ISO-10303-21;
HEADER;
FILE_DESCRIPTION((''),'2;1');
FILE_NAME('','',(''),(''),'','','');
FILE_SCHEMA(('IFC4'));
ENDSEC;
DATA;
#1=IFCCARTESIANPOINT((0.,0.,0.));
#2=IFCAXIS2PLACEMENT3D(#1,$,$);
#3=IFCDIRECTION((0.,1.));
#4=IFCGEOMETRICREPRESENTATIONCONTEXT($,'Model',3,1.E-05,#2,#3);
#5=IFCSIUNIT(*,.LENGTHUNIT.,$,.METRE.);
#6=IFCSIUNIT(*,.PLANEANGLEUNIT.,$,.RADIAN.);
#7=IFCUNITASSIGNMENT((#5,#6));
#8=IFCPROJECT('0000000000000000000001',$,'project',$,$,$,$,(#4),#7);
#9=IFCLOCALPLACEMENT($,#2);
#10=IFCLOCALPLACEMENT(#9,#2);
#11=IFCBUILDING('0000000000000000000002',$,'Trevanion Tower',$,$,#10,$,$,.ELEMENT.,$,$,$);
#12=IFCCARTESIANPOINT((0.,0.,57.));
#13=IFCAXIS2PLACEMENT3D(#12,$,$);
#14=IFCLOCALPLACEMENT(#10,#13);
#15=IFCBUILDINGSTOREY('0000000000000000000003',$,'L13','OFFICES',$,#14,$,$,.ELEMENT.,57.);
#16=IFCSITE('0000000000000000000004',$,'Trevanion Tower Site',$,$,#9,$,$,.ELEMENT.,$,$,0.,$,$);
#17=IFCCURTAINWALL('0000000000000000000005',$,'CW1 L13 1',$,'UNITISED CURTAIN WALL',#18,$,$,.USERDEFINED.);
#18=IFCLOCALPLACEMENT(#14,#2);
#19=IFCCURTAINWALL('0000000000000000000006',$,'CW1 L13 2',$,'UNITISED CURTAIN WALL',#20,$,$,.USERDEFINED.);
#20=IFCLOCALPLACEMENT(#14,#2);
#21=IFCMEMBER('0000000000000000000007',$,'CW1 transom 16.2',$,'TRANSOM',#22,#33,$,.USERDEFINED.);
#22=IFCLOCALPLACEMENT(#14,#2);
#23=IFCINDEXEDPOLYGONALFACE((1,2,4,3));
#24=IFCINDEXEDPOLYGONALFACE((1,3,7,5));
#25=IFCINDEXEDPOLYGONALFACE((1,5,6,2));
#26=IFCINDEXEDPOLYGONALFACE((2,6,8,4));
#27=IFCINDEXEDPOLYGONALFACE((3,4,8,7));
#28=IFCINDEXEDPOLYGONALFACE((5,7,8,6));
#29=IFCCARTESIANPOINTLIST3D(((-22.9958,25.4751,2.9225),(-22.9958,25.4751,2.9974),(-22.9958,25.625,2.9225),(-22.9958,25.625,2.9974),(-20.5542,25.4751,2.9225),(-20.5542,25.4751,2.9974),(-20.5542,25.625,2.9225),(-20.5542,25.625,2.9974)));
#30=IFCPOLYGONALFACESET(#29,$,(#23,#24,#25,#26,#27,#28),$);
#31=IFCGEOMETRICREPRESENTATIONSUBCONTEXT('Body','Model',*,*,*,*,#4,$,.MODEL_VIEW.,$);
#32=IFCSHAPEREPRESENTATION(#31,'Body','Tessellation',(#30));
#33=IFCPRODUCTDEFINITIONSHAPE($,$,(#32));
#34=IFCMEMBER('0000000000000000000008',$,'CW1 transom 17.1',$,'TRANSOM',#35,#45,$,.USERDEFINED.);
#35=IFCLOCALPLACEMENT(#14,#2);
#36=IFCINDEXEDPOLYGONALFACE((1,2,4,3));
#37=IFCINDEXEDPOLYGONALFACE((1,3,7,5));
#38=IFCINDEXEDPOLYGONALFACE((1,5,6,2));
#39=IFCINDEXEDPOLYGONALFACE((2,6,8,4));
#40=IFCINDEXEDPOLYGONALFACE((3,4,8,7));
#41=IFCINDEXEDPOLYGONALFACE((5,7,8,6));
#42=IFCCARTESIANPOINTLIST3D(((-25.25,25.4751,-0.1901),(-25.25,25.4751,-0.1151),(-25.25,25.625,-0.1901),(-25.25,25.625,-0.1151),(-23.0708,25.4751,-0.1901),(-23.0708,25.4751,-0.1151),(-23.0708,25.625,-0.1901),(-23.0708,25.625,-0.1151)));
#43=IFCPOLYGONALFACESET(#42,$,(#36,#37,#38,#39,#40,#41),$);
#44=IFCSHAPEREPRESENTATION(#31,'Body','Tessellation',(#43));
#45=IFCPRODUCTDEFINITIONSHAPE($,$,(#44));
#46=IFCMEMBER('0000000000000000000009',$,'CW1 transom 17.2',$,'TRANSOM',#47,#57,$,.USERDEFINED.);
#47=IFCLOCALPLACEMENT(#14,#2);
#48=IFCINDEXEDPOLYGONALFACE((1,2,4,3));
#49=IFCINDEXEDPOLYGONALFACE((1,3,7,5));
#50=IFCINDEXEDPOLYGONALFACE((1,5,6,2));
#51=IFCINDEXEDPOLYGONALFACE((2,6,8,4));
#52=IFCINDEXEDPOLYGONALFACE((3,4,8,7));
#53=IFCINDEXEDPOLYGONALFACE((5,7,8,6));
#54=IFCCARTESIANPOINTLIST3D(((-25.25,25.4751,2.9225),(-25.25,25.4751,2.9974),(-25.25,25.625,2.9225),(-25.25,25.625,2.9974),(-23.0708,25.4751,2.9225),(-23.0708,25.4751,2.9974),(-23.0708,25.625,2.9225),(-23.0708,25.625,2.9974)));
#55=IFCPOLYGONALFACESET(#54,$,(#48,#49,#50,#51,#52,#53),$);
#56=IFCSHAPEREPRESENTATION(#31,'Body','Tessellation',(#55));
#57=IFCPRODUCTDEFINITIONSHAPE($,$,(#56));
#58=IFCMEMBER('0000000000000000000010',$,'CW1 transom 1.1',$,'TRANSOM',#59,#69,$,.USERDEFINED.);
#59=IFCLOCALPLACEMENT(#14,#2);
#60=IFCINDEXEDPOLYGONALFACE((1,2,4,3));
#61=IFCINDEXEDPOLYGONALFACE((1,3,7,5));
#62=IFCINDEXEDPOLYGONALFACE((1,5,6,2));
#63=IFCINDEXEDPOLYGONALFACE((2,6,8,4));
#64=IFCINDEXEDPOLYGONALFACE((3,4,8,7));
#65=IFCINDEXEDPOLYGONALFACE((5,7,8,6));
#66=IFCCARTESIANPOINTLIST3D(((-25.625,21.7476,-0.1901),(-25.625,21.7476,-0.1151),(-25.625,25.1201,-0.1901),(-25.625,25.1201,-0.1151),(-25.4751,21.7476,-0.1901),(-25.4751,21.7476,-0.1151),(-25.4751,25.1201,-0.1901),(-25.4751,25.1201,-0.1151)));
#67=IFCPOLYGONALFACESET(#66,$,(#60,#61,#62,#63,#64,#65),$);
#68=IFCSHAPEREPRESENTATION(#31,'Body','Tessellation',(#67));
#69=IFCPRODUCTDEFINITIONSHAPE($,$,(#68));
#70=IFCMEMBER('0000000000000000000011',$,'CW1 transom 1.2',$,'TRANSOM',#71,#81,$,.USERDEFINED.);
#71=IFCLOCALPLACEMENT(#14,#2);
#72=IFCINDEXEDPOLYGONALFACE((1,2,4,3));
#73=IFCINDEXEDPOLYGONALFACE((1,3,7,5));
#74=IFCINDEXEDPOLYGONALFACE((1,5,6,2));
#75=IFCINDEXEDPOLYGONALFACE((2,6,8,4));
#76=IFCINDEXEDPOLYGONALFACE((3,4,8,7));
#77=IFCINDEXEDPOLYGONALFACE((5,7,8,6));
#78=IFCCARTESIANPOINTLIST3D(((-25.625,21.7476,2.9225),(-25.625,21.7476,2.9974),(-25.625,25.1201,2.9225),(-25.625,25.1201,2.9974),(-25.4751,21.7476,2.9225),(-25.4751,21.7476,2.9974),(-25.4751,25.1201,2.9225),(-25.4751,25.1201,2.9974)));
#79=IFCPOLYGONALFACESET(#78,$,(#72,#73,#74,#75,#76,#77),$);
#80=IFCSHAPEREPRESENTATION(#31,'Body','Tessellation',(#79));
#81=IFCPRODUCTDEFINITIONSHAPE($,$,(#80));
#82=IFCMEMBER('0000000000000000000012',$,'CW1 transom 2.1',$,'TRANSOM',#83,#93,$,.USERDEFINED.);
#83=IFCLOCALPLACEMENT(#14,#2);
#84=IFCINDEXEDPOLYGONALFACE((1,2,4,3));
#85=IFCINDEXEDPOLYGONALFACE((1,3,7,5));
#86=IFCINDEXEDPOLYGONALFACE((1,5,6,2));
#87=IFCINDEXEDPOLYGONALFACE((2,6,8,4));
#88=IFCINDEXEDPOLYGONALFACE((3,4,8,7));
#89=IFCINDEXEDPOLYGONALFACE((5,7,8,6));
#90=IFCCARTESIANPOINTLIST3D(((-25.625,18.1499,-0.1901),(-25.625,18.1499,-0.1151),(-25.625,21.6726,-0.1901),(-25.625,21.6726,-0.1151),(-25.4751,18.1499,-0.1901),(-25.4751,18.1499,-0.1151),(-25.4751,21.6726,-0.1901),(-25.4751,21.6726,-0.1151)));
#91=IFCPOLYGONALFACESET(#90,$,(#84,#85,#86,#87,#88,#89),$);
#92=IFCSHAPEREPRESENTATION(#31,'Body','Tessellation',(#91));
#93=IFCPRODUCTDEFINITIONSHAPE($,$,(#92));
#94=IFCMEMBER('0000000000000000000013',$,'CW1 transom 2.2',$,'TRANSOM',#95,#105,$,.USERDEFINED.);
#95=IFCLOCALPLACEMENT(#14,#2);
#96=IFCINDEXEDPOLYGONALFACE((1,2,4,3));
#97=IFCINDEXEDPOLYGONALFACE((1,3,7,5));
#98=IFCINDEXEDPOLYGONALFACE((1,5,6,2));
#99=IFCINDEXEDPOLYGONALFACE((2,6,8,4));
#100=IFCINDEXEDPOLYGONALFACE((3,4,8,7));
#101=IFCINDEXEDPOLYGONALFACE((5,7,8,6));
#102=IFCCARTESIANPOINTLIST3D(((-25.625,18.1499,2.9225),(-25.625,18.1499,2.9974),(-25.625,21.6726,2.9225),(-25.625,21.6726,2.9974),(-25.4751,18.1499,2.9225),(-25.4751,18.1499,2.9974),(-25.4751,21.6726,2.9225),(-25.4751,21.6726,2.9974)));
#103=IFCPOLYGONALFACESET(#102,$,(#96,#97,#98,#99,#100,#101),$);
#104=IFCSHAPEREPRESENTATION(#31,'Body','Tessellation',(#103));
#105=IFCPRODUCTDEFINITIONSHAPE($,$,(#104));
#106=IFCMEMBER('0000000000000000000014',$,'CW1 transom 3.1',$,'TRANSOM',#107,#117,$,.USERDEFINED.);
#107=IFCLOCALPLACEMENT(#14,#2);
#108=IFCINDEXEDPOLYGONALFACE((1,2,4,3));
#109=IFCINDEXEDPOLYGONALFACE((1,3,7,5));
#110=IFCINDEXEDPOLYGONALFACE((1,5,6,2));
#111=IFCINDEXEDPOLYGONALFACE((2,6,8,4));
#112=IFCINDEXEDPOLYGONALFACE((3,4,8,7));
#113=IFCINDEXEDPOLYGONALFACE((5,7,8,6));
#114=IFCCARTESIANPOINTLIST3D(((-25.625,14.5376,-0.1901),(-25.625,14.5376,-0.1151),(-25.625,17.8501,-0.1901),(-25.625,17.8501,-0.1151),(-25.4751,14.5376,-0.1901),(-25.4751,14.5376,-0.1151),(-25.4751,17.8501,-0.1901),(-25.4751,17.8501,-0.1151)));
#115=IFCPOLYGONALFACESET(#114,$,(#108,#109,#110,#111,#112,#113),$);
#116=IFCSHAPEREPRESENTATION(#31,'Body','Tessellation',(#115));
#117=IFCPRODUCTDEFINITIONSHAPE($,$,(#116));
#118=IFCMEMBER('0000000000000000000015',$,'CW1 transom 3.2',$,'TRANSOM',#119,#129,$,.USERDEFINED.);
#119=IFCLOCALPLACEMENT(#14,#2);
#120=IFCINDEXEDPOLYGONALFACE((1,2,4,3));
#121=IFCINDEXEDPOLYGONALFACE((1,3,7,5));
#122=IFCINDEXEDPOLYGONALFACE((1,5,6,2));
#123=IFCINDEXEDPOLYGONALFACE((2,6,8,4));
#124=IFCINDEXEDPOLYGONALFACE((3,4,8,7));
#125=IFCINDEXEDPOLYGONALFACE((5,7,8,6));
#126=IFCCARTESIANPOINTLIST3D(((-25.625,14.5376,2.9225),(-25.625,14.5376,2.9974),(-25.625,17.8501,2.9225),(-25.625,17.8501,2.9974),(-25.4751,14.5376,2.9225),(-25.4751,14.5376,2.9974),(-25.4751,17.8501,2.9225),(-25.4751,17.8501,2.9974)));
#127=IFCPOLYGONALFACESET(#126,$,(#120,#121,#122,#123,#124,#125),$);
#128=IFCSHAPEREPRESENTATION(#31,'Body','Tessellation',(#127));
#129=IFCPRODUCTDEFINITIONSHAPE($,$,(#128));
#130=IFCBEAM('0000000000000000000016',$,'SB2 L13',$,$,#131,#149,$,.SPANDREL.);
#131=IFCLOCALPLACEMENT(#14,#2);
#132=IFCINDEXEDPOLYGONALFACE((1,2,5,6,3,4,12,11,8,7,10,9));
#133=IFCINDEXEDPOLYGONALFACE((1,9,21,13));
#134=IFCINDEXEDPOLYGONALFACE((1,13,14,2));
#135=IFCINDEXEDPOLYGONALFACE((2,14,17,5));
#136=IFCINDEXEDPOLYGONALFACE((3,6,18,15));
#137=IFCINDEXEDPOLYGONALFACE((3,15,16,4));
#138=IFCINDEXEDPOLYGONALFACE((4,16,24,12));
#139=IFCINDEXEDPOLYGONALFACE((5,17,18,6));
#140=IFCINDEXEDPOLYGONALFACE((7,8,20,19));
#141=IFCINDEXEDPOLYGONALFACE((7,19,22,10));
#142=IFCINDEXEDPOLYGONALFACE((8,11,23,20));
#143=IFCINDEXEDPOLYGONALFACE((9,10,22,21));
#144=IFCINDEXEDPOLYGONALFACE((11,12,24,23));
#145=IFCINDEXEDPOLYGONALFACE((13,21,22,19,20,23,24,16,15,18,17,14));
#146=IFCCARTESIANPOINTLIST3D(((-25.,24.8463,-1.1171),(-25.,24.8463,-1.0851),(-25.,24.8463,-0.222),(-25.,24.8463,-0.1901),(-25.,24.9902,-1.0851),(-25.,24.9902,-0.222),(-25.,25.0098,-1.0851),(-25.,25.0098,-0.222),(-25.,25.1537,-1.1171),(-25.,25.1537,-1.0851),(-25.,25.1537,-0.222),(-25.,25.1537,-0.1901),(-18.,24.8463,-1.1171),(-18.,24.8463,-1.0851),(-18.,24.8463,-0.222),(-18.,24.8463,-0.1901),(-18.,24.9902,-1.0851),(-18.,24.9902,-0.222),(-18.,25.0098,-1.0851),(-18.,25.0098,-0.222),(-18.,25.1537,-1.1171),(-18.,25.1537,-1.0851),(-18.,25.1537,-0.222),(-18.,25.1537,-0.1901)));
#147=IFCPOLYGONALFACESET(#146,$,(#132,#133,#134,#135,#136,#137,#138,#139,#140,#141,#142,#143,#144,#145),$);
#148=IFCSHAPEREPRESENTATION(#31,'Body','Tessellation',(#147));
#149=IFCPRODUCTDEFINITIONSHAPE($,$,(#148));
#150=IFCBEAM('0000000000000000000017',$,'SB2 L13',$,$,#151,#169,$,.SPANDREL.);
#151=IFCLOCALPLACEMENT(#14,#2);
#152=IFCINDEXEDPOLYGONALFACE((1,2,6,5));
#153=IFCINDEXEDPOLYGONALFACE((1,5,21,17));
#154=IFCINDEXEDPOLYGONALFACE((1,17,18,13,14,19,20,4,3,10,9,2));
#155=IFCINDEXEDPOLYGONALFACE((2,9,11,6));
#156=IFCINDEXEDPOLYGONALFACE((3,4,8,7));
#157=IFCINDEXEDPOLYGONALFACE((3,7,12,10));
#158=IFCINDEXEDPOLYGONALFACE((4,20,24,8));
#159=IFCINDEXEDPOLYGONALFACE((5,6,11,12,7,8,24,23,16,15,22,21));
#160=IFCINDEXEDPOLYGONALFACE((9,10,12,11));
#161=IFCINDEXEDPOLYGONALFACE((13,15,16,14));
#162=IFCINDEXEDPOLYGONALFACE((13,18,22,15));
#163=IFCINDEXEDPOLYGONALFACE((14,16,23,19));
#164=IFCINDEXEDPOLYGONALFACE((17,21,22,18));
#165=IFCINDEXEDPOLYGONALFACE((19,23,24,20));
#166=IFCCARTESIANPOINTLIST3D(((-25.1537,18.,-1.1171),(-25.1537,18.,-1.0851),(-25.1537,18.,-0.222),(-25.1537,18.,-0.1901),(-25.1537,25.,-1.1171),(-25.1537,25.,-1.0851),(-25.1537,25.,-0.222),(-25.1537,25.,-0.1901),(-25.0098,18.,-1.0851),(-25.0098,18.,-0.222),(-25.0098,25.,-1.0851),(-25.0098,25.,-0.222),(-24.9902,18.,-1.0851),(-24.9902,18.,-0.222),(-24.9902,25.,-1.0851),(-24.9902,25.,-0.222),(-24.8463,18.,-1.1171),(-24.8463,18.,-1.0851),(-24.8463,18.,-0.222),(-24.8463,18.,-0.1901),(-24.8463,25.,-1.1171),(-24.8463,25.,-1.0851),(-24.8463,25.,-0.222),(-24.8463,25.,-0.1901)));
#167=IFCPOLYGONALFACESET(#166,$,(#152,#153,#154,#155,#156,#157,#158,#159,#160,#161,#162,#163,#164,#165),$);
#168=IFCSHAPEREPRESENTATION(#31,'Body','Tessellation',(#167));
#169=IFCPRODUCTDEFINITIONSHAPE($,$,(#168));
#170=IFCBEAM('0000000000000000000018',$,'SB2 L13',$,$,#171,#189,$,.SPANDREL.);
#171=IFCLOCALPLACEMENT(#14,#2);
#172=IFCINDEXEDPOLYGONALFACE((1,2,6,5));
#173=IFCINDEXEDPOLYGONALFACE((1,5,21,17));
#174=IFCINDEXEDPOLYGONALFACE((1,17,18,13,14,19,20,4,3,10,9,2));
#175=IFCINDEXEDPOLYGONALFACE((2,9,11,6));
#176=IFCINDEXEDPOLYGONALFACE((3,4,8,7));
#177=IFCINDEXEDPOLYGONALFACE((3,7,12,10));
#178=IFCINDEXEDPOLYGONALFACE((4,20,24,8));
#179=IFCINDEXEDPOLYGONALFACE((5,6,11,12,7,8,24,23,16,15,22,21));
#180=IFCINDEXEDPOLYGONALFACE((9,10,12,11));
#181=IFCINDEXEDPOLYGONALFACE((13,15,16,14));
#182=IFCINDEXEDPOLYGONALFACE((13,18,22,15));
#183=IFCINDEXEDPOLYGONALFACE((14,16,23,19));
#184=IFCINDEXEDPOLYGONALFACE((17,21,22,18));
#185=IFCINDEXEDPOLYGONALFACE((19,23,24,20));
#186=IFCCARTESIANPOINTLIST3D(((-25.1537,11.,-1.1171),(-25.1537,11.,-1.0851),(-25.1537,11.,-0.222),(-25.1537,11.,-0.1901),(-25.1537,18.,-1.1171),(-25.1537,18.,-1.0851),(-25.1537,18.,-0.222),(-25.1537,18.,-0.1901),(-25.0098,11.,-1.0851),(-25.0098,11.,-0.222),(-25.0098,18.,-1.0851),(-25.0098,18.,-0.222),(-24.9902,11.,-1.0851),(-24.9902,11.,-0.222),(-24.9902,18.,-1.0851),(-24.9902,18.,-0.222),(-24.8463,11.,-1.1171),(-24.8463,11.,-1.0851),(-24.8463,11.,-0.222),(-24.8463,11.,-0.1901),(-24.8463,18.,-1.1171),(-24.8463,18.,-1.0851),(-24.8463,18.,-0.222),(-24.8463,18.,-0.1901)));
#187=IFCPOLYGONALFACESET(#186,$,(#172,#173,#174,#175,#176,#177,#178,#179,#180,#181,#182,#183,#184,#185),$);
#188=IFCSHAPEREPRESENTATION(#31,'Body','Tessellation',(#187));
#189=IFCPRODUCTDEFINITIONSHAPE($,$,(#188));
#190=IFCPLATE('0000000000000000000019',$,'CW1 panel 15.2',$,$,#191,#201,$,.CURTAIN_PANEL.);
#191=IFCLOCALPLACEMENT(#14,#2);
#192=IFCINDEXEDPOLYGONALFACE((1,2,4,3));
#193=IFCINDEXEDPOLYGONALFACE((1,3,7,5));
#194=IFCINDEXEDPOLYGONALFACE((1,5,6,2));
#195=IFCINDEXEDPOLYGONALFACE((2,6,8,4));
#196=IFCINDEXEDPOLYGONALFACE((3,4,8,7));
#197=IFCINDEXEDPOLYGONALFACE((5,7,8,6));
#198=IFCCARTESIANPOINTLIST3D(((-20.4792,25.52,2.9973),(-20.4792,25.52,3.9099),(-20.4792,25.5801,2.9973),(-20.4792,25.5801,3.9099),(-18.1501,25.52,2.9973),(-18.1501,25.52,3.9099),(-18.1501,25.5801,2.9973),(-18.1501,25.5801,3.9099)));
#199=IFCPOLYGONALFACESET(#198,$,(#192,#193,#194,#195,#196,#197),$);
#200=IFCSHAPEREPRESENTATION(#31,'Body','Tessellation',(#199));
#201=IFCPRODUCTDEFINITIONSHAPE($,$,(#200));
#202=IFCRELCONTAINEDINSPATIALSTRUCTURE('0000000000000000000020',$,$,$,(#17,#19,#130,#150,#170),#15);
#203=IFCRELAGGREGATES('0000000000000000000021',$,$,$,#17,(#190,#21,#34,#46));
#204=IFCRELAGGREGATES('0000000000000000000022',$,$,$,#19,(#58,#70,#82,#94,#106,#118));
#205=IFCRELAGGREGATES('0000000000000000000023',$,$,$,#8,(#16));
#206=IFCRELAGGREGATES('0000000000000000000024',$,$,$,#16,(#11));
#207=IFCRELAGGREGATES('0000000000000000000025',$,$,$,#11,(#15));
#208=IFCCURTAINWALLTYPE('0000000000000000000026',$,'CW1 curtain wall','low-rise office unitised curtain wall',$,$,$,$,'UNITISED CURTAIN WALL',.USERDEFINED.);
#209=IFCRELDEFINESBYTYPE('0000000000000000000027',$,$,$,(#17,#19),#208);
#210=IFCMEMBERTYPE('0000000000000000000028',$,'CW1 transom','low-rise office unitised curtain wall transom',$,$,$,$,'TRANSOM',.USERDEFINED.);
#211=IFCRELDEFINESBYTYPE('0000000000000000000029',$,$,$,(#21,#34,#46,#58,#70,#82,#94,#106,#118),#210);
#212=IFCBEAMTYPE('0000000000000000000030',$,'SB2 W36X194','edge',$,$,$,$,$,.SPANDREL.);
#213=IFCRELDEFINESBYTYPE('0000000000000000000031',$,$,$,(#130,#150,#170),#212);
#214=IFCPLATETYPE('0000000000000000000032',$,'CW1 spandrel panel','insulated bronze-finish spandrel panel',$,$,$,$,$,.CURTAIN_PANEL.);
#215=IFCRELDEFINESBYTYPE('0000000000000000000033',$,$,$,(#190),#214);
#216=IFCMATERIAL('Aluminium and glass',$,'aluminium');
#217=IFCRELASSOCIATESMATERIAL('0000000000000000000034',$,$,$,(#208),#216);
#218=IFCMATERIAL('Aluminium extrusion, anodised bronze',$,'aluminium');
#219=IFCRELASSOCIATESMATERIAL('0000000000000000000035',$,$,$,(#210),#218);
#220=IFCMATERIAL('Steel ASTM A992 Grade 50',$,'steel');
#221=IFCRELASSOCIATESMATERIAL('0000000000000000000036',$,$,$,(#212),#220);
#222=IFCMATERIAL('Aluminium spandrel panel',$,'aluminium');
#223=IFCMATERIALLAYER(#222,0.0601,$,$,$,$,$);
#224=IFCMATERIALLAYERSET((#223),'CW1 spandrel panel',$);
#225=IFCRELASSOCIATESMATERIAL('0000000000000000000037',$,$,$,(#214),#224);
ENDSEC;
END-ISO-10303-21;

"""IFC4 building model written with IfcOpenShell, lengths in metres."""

from ifc_helpers import new_model, si_unit, direction, frame, origin, origin_2d, place, context, subcontext, project, spatial, rectangle, i_section, extrude, material, layer, layer_set, material_profile, profile_set, type_object, element, aggregate, save


model = new_model("IFC4")

# Units and contexts
model_context = context("Model", 3, precision=1e-05, world=origin(), true_north=direction((0.0, 1.0)))
body_context = subcontext(model_context, "Body", "Model", "MODEL_VIEW")
ifc_project = project(units=[si_unit("LENGTHUNIT", "METRE"), si_unit("PLANEANGLEUNIT", "RADIAN")], contexts=[model_context])

# Site, building, storey
site_placement = place(None, origin())
site = spatial("IfcSite", under=ifc_project, at=site_placement, Name="Trevanion Tower Site", CompositionType="ELEMENT", RefElevation=0.0)
building_placement = place(site_placement, origin())
building = spatial("IfcBuilding", under=site, at=building_placement, Name="Trevanion Tower", CompositionType="ELEMENT")
storey_placement = place(building_placement, frame((0.0, 0.0, 57.0)))
storey = spatial("IfcBuildingStorey", under=building, at=storey_placement, Name="L13", Description="OFFICES", CompositionType="ELEMENT", Elevation=57.0)

# Curtain wall
ifc_material_1 = material(Name="Aluminium and glass", Category="aluminium")
curtain_wall_type = type_object("IfcCurtainWallType", Name="CW1 curtain wall", Description="low-rise office unitised curtain wall", ElementType="UNITISED CURTAIN WALL", PredefinedType="USERDEFINED", material=ifc_material_1)
curtain_wall_1_placement = place(storey_placement, origin())
curtain_wall_1 = element("IfcCurtainWall", 1, at=curtain_wall_1_placement, inside=storey, type_object=curtain_wall_type, Name="CW1 L13 1", ObjectType="UNITISED CURTAIN WALL", PredefinedType="USERDEFINED")

# Curtain wall
curtain_wall_2_placement = place(storey_placement, origin())
curtain_wall_2 = element("IfcCurtainWall", 2, at=curtain_wall_2_placement, inside=storey, type_object=curtain_wall_type, Name="CW1 L13 2", ObjectType="UNITISED CURTAIN WALL", PredefinedType="USERDEFINED")

# Members
ifc_material_2 = material(Name="Aluminium extrusion, anodised bronze", Category="aluminium")
ifc_material_profile_1 = material_profile(ifc_material_2, rectangle(XDim=0.1499, YDim=0.075, at=origin_2d()), Name="CW1 transom")
ifc_profile_set_1 = profile_set([ifc_material_profile_1], Name="Aluminium extrusion, anodised bronze")
member_type_1 = type_object("IfcMemberType", Name="CW1 transom", Description="low-rise office unitised curtain wall transom", ElementType="TRANSOM", PredefinedType="USERDEFINED", material=ifc_profile_set_1)
member_1_placement = place(storey_placement, frame((-20.5542, 25.55, 2.96), z_axis=(-1.0, 0.0, 0.0), x_axis=(0.0, -1.0, 0.0)))
member_1 = element("IfcMember", 3, at=member_1_placement, type_object=member_type_1, Name="CW1 transom 16.2", ObjectType="TRANSOM", PredefinedType="USERDEFINED", context=body_context, shape_type="SweptSolid", body=[
    extrude(rectangle(XDim=0.1499, YDim=0.075, at=origin_2d()), origin(), (0.0, 0.0, 1.0), 2.4417),
])
member_2_placement = place(storey_placement, frame((-23.0708, 25.55, -0.1526), z_axis=(-1.0, 0.0, 0.0), x_axis=(0.0, -1.0, 0.0)))
member_2 = element("IfcMember", 4, at=member_2_placement, type_object=member_type_1, Name="CW1 transom 17.1", ObjectType="TRANSOM", PredefinedType="USERDEFINED", context=body_context, shape_type="SweptSolid", body=[
    extrude(rectangle(XDim=0.1499, YDim=0.075, at=origin_2d()), origin(), (0.0, 0.0, 1.0), 2.1792),
])
member_3_placement = place(storey_placement, frame((-23.0708, 25.55, 2.96), z_axis=(-1.0, 0.0, 0.0), x_axis=(0.0, -1.0, 0.0)))
member_3 = element("IfcMember", 5, at=member_3_placement, type_object=member_type_1, Name="CW1 transom 17.2", ObjectType="TRANSOM", PredefinedType="USERDEFINED", context=body_context, shape_type="SweptSolid", body=[
    extrude(rectangle(XDim=0.1499, YDim=0.075, at=origin_2d()), origin(), (0.0, 0.0, 1.0), 2.1792),
])
member_4_placement = place(storey_placement, frame((-25.55, 25.1201, -0.1526), z_axis=(0.0, -1.0, 0.0), x_axis=(1.0, 0.0, 0.0)))
member_4 = element("IfcMember", 6, at=member_4_placement, type_object=member_type_1, Name="CW1 transom 1.1", ObjectType="TRANSOM", PredefinedType="USERDEFINED", context=body_context, shape_type="SweptSolid", body=[
    extrude(rectangle(XDim=0.1499, YDim=0.075, at=origin_2d()), origin(), (0.0, 0.0, 1.0), 3.3726),
])
member_5_placement = place(storey_placement, frame((-25.55, 25.1201, 2.96), z_axis=(0.0, -1.0, 0.0), x_axis=(1.0, 0.0, 0.0)))
member_5 = element("IfcMember", 7, at=member_5_placement, type_object=member_type_1, Name="CW1 transom 1.2", ObjectType="TRANSOM", PredefinedType="USERDEFINED", context=body_context, shape_type="SweptSolid", body=[
    extrude(rectangle(XDim=0.1499, YDim=0.075, at=origin_2d()), origin(), (0.0, 0.0, 1.0), 3.3726),
])
member_6_placement = place(storey_placement, frame((-25.55, 21.6726, -0.1526), z_axis=(0.0, -1.0, 0.0), x_axis=(1.0, 0.0, 0.0)))
member_6 = element("IfcMember", 8, at=member_6_placement, type_object=member_type_1, Name="CW1 transom 2.1", ObjectType="TRANSOM", PredefinedType="USERDEFINED", context=body_context, shape_type="SweptSolid", body=[
    extrude(rectangle(XDim=0.1499, YDim=0.075, at=origin_2d()), origin(), (0.0, 0.0, 1.0), 3.5227),
])
member_7_placement = place(storey_placement, frame((-25.55, 21.6726, 2.96), z_axis=(0.0, -1.0, 0.0), x_axis=(1.0, 0.0, 0.0)))
member_7 = element("IfcMember", 9, at=member_7_placement, type_object=member_type_1, Name="CW1 transom 2.2", ObjectType="TRANSOM", PredefinedType="USERDEFINED", context=body_context, shape_type="SweptSolid", body=[
    extrude(rectangle(XDim=0.1499, YDim=0.075, at=origin_2d()), origin(), (0.0, 0.0, 1.0), 3.5227),
])
member_8_placement = place(storey_placement, frame((-25.55, 17.8501, -0.1526), z_axis=(0.0, -1.0, 0.0), x_axis=(1.0, 0.0, 0.0)))
member_8 = element("IfcMember", 10, at=member_8_placement, type_object=member_type_1, Name="CW1 transom 3.1", ObjectType="TRANSOM", PredefinedType="USERDEFINED", context=body_context, shape_type="SweptSolid", body=[
    extrude(rectangle(XDim=0.1499, YDim=0.075, at=origin_2d()), origin(), (0.0, 0.0, 1.0), 3.3125),
])
member_9_placement = place(storey_placement, frame((-25.55, 17.8501, 2.96), z_axis=(0.0, -1.0, 0.0), x_axis=(1.0, 0.0, 0.0)))
member_9 = element("IfcMember", 11, at=member_9_placement, type_object=member_type_1, Name="CW1 transom 3.2", ObjectType="TRANSOM", PredefinedType="USERDEFINED", context=body_context, shape_type="SweptSolid", body=[
    extrude(rectangle(XDim=0.1499, YDim=0.075, at=origin_2d()), origin(), (0.0, 0.0, 1.0), 3.3125),
])

# Beams
ifc_material_3 = material(Name="Steel ASTM A992 Grade 50", Category="steel")
ifc_material_profile_2 = material_profile(ifc_material_3, i_section(OverallWidth=0.3074, OverallDepth=0.927, WebThickness=0.0195, FlangeThickness=0.032, at=origin_2d()), Name="W36X194")
ifc_profile_set_2 = profile_set([ifc_material_profile_2], Name="Steel ASTM A992 Grade 50")
beam_type = type_object("IfcBeamType", Name="SB2 W36X194", Description="edge", PredefinedType="SPANDREL", material=ifc_profile_set_2)
for number, where, z_axis, x_axis, name in (
    (12, (-18.0, 25.0, -0.6536), (-1.0, 0.0, 0.0), (0.0, -1.0, 0.0), "SB2 L13"),
    (13, (-25.0, 25.0, -0.6536), (0.0, -1.0, 0.0), (1.0, 0.0, 0.0), "SB2 L13"),
    (14, (-25.0, 18.0, -0.6536), (0.0, -1.0, 0.0), (1.0, 0.0, 0.0), "SB2 L13"),
):
    element("IfcBeam", number, at=place(storey_placement, frame(where, z_axis=z_axis, x_axis=x_axis)), inside=storey, type_object=beam_type, Name=name, PredefinedType="SPANDREL", context=body_context, shape_type="SweptSolid", body=[
        extrude(i_section(OverallWidth=0.3074, OverallDepth=0.927, WebThickness=0.0195, FlangeThickness=0.032, at=origin_2d()), origin(), (0.0, 0.0, 1.0), 7.0),
    ])

# Plate
ifc_material_4 = material(Name="Aluminium spandrel panel", Category="aluminium")
ifc_layer_1 = layer(ifc_material_4, 0.0601)
ifc_layer_set_1 = layer_set([ifc_layer_1], Name="CW1 spandrel panel")
plate_type_1 = type_object("IfcPlateType", Name="CW1 spandrel panel", Description="insulated bronze-finish spandrel panel", PredefinedType="CURTAIN_PANEL", material=ifc_layer_set_1)
plate_1_placement = place(storey_placement, frame((-19.3147, 25.55, 2.9973), z_axis=(0.0, 0.0, 1.0), x_axis=(-1.0, 0.0, 0.0)))
plate_1 = element("IfcPlate", 15, at=plate_1_placement, type_object=plate_type_1, Name="CW1 panel 15.2", PredefinedType="CURTAIN_PANEL", context=body_context, shape_type="SweptSolid", body=[
    extrude(rectangle(XDim=2.3291, YDim=0.0601, at=origin_2d()), origin(), (0.0, 0.0, 1.0), 0.9126),
])
aggregate(curtain_wall_1, [plate_1, member_1, member_2, member_3])
aggregate(curtain_wall_2, [member_4, member_5, member_6, member_7, member_8, member_9])

save(model, "model.ifc")
